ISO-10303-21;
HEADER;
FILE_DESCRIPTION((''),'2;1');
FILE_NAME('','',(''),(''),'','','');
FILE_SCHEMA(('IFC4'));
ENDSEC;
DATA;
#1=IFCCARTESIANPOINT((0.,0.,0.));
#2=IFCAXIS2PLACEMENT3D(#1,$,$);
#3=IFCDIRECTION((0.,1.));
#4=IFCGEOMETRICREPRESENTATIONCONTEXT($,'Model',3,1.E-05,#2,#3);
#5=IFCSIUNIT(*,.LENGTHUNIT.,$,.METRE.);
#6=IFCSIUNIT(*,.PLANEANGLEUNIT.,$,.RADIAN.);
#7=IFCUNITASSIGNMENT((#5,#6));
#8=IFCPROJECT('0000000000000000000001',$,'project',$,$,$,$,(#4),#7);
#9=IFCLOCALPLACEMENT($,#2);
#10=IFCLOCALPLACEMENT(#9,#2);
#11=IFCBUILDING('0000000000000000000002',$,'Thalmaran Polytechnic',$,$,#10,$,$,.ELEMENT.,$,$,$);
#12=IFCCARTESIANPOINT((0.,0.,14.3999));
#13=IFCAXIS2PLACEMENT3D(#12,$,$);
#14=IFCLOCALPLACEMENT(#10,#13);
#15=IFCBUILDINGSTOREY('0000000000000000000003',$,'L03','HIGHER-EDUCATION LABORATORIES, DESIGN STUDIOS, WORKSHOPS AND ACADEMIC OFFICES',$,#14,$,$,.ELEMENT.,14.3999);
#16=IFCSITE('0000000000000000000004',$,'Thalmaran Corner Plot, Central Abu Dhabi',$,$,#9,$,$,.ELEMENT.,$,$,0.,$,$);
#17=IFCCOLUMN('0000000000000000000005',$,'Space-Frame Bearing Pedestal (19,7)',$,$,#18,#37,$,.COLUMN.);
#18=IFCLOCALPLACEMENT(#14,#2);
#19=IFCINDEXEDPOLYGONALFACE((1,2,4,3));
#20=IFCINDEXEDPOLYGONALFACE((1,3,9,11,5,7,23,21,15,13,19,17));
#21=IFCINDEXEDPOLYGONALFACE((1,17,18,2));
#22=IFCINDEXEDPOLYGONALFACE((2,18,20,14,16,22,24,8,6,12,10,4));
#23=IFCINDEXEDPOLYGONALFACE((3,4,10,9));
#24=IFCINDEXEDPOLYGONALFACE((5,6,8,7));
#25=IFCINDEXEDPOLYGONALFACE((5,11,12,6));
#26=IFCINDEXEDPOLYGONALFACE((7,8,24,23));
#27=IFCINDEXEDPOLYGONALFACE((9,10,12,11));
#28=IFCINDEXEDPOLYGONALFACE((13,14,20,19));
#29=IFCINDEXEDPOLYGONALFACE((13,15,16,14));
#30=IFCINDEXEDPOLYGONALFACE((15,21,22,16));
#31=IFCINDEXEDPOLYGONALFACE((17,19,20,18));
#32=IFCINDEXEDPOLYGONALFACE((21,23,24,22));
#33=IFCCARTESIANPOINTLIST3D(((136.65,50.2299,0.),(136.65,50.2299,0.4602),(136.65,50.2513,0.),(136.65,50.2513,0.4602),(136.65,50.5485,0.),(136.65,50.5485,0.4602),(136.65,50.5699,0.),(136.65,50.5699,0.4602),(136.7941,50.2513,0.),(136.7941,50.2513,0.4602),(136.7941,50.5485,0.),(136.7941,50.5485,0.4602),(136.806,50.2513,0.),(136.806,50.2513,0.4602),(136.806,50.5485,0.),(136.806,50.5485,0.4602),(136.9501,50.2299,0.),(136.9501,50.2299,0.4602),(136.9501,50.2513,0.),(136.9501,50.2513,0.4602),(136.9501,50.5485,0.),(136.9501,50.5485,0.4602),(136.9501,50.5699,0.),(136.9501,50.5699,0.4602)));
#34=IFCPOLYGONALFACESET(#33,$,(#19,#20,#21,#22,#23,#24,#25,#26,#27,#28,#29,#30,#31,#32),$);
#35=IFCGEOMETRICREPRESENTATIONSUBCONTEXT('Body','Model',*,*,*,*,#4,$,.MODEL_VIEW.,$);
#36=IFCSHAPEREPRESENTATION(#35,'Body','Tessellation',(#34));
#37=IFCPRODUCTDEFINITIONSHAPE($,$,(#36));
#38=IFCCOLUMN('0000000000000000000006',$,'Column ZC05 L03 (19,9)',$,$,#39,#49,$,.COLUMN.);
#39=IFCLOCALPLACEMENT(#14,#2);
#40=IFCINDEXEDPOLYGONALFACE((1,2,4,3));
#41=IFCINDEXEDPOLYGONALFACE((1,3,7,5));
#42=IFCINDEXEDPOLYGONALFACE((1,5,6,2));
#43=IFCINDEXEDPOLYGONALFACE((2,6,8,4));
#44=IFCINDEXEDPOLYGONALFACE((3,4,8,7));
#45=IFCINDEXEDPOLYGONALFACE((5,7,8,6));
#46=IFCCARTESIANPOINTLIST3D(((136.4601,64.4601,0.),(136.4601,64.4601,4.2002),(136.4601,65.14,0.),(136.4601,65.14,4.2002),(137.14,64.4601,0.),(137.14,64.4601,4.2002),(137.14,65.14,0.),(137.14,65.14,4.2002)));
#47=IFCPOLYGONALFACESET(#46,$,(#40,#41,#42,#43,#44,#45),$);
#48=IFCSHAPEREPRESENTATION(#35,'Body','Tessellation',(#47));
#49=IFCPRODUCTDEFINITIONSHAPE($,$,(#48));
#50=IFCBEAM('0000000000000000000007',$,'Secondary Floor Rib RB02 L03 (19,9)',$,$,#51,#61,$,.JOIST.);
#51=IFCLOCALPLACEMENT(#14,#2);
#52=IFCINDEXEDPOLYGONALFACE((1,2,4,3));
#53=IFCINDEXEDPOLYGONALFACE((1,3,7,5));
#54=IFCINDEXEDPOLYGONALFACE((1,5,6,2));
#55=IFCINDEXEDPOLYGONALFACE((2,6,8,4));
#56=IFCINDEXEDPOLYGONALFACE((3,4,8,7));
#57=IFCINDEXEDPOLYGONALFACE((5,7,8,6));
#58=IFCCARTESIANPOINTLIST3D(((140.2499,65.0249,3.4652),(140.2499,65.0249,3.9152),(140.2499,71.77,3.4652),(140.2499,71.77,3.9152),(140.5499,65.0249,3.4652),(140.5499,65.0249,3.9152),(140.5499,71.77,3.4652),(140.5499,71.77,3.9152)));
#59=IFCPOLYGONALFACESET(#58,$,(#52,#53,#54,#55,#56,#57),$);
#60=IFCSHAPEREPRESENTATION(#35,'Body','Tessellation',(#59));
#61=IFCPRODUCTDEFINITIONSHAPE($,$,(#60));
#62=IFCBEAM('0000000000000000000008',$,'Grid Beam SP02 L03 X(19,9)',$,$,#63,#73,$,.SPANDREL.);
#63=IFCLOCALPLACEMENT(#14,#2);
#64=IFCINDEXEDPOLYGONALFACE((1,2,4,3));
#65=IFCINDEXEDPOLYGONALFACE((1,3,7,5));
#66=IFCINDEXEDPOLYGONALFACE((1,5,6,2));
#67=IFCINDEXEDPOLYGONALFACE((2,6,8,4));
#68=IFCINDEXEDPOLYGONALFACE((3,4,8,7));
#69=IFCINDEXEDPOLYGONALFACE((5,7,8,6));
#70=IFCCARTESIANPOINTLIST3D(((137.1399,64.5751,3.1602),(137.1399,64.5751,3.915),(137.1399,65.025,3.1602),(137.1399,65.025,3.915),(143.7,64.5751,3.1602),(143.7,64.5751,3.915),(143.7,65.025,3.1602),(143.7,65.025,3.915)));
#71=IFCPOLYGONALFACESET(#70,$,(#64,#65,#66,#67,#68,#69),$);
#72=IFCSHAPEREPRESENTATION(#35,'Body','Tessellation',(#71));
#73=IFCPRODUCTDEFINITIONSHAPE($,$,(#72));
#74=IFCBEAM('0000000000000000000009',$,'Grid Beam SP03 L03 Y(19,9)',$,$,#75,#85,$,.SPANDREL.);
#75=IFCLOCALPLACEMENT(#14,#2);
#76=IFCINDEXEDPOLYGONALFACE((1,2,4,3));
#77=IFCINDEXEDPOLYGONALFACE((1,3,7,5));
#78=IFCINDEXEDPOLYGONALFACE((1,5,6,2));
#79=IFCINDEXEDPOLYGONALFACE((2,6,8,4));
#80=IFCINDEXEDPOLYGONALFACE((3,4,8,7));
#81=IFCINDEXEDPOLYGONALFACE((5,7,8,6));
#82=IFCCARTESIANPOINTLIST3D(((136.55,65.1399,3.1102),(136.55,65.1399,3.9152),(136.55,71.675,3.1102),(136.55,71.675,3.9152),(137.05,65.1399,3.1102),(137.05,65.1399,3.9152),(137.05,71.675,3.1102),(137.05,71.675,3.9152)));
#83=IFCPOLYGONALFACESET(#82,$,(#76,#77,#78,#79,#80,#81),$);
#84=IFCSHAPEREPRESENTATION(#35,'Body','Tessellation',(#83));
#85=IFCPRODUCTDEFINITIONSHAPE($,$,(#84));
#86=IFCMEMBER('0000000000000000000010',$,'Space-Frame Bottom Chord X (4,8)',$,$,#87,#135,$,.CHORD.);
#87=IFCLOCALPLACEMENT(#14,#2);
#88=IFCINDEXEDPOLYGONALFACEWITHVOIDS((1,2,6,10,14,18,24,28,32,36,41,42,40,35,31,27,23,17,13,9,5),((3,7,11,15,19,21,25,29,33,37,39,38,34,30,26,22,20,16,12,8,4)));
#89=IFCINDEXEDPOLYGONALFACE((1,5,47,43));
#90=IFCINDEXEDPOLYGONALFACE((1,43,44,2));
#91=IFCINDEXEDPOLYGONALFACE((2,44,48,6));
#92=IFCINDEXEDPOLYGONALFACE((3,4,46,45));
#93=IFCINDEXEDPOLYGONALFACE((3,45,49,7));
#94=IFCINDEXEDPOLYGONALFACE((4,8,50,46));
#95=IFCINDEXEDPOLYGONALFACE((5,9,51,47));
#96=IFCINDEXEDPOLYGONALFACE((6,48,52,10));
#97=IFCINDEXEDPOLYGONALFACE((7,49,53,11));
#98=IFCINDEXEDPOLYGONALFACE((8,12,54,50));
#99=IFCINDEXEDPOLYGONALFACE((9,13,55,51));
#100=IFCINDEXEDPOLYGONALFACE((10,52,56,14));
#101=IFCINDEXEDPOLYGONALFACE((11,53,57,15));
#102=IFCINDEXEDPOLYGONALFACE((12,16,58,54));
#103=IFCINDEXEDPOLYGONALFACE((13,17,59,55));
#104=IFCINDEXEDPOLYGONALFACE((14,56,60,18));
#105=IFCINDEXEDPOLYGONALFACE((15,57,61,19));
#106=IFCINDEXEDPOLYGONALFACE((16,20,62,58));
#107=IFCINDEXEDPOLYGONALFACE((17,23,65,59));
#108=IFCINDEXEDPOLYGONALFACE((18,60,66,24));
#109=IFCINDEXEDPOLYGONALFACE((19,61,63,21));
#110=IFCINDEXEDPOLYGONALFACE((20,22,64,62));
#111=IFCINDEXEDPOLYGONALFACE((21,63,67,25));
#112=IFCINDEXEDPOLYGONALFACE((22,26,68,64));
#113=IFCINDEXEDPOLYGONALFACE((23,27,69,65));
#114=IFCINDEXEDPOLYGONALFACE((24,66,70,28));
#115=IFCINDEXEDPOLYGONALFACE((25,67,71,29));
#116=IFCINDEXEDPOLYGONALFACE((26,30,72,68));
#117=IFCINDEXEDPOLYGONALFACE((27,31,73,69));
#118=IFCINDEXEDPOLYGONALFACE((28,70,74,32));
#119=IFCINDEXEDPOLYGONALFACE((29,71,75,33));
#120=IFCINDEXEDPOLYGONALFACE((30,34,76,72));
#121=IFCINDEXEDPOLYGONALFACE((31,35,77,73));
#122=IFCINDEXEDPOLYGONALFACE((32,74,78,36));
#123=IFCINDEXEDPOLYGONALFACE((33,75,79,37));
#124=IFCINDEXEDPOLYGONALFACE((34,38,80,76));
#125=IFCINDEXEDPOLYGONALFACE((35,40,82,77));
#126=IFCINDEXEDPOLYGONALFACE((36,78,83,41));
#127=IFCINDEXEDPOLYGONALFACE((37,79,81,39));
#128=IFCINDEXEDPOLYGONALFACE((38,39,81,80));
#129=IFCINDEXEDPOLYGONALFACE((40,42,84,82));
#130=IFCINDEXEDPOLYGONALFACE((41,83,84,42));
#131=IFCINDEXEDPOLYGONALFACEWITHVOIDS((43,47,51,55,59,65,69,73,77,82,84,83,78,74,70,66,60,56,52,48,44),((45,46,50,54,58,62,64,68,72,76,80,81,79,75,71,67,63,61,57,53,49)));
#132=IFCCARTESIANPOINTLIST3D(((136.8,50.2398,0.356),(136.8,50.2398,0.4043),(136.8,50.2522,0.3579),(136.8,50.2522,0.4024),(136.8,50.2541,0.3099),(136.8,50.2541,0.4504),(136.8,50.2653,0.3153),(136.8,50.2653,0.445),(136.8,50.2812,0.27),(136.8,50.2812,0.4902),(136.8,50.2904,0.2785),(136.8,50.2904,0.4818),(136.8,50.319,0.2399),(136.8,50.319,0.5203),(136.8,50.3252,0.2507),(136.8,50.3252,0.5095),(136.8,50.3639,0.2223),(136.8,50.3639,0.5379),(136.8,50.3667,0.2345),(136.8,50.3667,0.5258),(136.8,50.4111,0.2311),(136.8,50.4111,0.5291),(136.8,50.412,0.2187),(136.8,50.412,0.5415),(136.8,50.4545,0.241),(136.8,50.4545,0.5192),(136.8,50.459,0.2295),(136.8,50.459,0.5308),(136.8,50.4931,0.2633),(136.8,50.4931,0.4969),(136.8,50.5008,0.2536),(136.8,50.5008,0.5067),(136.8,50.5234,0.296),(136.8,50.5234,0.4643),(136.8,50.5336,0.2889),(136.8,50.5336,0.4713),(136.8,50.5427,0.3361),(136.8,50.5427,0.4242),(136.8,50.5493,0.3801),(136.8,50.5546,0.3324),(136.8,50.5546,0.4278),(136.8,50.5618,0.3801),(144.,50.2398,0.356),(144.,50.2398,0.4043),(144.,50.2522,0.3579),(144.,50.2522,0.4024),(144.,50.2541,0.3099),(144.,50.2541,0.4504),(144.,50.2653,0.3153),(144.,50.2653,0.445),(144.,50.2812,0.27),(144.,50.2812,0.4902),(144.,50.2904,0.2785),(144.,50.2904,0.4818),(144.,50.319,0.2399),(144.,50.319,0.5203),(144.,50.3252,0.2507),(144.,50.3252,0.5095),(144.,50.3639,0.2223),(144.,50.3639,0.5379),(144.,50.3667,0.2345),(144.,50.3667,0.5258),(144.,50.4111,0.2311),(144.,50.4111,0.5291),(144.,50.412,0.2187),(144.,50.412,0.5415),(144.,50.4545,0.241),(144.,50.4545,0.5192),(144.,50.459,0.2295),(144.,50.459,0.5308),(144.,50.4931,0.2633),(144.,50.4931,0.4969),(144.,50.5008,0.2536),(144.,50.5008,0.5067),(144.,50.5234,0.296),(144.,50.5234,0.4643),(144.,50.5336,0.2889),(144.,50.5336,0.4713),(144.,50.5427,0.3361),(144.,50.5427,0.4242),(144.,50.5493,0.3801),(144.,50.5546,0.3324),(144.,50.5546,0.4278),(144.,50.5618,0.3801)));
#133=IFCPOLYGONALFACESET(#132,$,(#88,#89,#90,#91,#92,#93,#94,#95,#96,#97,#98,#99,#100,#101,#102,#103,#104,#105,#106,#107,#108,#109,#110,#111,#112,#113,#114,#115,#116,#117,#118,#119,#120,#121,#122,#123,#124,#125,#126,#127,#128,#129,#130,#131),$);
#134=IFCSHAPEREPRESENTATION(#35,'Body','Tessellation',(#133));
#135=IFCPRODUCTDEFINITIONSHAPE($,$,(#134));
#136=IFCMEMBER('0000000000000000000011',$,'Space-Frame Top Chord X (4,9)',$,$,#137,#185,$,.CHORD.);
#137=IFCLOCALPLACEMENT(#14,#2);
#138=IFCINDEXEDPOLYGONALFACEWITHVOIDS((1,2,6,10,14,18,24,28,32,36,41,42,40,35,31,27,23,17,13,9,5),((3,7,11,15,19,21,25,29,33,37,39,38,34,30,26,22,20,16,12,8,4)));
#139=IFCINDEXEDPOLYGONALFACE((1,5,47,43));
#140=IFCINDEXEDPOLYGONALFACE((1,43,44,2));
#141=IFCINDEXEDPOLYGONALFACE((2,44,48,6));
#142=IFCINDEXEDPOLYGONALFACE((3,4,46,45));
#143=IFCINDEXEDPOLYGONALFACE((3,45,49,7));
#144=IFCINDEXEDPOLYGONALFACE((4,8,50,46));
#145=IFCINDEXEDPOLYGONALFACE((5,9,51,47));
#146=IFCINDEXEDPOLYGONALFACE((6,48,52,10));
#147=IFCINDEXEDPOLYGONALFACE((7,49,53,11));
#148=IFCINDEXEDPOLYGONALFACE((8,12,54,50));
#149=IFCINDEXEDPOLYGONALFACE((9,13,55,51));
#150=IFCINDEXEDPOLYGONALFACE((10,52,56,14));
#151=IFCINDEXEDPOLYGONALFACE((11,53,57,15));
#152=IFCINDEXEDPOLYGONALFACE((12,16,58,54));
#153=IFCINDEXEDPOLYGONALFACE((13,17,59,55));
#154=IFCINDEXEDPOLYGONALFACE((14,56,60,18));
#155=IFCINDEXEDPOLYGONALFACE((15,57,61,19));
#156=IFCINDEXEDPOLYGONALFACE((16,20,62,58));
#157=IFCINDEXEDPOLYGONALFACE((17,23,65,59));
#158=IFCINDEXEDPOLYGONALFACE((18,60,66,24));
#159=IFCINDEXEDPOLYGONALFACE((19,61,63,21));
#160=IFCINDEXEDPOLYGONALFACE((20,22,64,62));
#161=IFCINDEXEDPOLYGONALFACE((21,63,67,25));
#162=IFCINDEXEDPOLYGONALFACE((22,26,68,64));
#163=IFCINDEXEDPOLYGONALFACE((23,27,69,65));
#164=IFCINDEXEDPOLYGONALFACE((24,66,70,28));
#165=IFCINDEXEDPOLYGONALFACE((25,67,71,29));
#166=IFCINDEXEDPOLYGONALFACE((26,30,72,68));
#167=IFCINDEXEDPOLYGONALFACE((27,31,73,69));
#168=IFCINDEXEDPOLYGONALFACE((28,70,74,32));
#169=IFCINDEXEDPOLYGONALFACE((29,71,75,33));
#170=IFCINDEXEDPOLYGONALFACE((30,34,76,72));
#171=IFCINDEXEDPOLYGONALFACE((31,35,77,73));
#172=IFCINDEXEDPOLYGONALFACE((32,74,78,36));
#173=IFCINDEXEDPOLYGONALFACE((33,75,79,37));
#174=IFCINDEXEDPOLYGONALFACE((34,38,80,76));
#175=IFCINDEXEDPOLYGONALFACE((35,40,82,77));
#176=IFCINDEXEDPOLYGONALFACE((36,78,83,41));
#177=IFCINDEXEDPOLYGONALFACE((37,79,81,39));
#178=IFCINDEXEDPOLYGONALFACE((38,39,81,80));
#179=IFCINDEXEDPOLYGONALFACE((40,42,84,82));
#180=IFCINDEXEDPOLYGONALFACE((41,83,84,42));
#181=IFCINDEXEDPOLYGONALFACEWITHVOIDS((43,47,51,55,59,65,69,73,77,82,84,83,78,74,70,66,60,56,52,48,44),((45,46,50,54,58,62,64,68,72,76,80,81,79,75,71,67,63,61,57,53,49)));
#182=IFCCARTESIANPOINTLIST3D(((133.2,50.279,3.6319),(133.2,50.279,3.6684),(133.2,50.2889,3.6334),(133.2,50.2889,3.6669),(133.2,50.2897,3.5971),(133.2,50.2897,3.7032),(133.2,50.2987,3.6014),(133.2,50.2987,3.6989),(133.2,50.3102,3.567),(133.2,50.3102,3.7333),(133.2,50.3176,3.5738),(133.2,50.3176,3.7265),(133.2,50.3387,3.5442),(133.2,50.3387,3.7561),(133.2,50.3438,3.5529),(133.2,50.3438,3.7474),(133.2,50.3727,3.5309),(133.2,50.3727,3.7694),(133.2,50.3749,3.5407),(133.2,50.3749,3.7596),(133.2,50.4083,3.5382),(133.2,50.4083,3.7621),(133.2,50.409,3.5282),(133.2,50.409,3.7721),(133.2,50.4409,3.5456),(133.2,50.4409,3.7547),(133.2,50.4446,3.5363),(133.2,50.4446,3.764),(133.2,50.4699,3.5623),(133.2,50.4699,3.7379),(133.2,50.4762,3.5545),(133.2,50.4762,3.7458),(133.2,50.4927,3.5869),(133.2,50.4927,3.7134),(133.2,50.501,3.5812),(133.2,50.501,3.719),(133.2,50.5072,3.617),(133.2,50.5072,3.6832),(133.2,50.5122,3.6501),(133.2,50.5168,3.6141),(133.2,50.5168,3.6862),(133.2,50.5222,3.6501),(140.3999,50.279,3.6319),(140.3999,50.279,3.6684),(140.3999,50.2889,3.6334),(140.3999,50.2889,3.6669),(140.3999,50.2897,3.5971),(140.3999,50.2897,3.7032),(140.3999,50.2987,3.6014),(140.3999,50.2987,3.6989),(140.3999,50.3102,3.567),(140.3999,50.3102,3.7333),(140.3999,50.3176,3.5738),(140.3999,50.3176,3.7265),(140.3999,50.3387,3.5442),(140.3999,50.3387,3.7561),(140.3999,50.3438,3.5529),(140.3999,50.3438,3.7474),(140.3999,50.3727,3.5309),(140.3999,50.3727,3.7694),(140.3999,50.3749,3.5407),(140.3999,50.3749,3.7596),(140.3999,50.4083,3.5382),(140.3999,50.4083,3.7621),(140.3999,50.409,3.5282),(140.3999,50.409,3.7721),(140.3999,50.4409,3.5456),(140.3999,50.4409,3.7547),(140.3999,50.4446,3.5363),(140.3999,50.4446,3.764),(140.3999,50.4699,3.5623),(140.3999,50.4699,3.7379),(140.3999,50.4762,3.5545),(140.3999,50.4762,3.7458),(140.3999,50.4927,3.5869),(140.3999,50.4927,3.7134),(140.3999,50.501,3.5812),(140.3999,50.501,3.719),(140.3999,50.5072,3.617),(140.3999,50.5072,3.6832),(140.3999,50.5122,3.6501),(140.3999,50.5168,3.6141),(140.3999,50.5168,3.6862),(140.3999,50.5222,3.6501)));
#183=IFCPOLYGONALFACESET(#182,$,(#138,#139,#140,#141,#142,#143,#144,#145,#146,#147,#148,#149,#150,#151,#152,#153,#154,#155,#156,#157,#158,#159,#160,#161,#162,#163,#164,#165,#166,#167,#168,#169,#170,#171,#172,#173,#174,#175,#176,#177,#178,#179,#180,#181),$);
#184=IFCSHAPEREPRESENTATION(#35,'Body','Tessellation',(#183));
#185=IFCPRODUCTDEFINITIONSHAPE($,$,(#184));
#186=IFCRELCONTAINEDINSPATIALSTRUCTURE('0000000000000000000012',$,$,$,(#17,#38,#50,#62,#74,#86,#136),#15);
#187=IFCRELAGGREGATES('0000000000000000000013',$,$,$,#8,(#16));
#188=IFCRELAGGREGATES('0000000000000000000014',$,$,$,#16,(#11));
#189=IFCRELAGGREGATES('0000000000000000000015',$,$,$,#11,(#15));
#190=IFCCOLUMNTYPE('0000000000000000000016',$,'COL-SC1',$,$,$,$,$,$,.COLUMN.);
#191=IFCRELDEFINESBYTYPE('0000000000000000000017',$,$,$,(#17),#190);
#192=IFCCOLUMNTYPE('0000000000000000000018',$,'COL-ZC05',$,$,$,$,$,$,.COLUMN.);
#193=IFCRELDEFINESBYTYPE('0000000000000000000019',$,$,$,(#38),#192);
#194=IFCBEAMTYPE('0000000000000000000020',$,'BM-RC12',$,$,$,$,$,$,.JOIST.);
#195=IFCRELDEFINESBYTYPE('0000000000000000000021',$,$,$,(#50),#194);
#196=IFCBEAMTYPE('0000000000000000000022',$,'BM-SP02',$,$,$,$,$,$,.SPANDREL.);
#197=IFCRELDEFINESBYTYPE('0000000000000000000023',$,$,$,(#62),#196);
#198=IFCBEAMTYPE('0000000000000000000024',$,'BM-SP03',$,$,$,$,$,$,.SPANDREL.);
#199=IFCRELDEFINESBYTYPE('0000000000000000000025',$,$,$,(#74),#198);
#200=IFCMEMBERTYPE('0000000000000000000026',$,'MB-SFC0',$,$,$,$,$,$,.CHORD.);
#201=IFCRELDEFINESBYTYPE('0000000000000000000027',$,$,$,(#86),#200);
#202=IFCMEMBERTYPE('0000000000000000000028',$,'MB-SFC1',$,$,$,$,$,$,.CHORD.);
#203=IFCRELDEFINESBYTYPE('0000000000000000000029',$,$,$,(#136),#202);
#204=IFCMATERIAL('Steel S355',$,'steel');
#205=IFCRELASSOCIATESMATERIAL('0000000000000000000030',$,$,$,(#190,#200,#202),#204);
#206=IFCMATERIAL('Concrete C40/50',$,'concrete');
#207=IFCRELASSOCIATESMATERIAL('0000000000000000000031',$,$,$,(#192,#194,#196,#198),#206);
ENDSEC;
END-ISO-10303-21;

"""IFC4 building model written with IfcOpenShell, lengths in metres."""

from ifc_helpers import new_model, si_unit, direction, frame, origin, origin_2d, place, context, subcontext, project, spatial, rectangle, hollow_circle, i_section, extrude, material, material_profile, profile_set, type_object, element, save


model = new_model("IFC4")

# Units and contexts
model_context = context("Model", 3, precision=1e-05, world=origin(), true_north=direction((0.0, 1.0)))
body_context = subcontext(model_context, "Body", "Model", "MODEL_VIEW")
ifc_project = project(units=[si_unit("LENGTHUNIT", "METRE"), si_unit("PLANEANGLEUNIT", "RADIAN")], contexts=[model_context])

# Site, building, storey
site_placement = place(None, origin())
site = spatial("IfcSite", under=ifc_project, at=site_placement, Name="Thalmaran Corner Plot, Central Abu Dhabi", CompositionType="ELEMENT", RefElevation=0.0)
building_placement = place(site_placement, origin())
building = spatial("IfcBuilding", under=site, at=building_placement, Name="Thalmaran Polytechnic", CompositionType="ELEMENT")
storey_placement = place(building_placement, frame((0.0, 0.0, 14.3999)))
storey = spatial("IfcBuildingStorey", under=building, at=storey_placement, Name="L03", Description="HIGHER-EDUCATION LABORATORIES, DESIGN STUDIOS, WORKSHOPS AND ACADEMIC OFFICES", CompositionType="ELEMENT", Elevation=14.3999)

# Columns
ifc_material_1 = material(Name="Steel S355", Category="steel")
ifc_material_profile_1 = material_profile(ifc_material_1, i_section(OverallWidth=0.3, OverallDepth=0.3401, WebThickness=0.012, FlangeThickness=0.0215, at=origin_2d()), Name="HEB 340")
ifc_profile_set_1 = profile_set([ifc_material_profile_1], Name="Steel S355")
column_type_1 = type_object("IfcColumnType", Name="COL-SC1", PredefinedType="COLUMN", material=ifc_profile_set_1)
column_1_placement = place(storey_placement, frame((136.8, 50.3999, 0.0), z_axis=(0.0, 0.0, 1.0), x_axis=(1.0, 0.0, 0.0)))
element("IfcColumn", 1, at=column_1_placement, inside=storey, type_object=column_type_1, Name="Space-Frame Bearing Pedestal (19,7)", PredefinedType="COLUMN", context=body_context, shape_type="SweptSolid", body=[
    extrude(i_section(OverallWidth=0.3, OverallDepth=0.3401, WebThickness=0.012, FlangeThickness=0.0215, at=origin_2d()), origin(), (0.0, 0.0, 1.0), 0.4602),
])
ifc_material_2 = material(Name="Concrete C40/50", Category="concrete")
ifc_material_profile_2 = material_profile(ifc_material_2, rectangle(XDim=0.6799, YDim=0.6799, at=origin_2d()), Name="RC 680x680")
ifc_profile_set_2 = profile_set([ifc_material_profile_2], Name="Concrete C40/50")
column_type_2 = type_object("IfcColumnType", Name="COL-ZC05", PredefinedType="COLUMN", material=ifc_profile_set_2)
column_2_placement = place(storey_placement, frame((136.8, 64.8, 0.0), z_axis=(0.0, 0.0, 1.0), x_axis=(1.0, 0.0, 0.0)))
element("IfcColumn", 2, at=column_2_placement, inside=storey, type_object=column_type_2, Name="Column ZC05 L03 (19,9)", PredefinedType="COLUMN", context=body_context, shape_type="SweptSolid", body=[
    extrude(rectangle(XDim=0.6799, YDim=0.6799, at=origin_2d()), origin(), (0.0, 0.0, 1.0), 4.2002),
])

# Beams
ifc_material_profile_3 = material_profile(ifc_material_2, rectangle(XDim=0.3, YDim=0.45, at=origin_2d()), Name="RC 300x450")
ifc_profile_set_3 = profile_set([ifc_material_profile_3], Name="Concrete C40/50")
beam_type_1 = type_object("IfcBeamType", Name="BM-RC12", PredefinedType="JOIST", material=ifc_profile_set_3)
beam_1_placement = place(storey_placement, frame((140.3999, 65.0249, 3.6902), z_axis=(0.0, 1.0, 0.0), x_axis=(-1.0, 0.0, 0.0)))
element("IfcBeam", 3, at=beam_1_placement, inside=storey, type_object=beam_type_1, Name="Secondary Floor Rib RB02 L03 (19,9)", PredefinedType="JOIST", context=body_context, shape_type="SweptSolid", body=[
    extrude(rectangle(XDim=0.3, YDim=0.45, at=origin_2d()), origin(), (0.0, 0.0, 1.0), 6.7451),
])
ifc_material_profile_4 = material_profile(ifc_material_2, rectangle(XDim=0.45, YDim=0.7549, at=origin_2d()), Name="RC 450x755")
ifc_profile_set_4 = profile_set([ifc_material_profile_4], Name="Concrete C40/50")
beam_type_2 = type_object("IfcBeamType", Name="BM-SP02", PredefinedType="SPANDREL", material=ifc_profile_set_4)
beam_2_placement = place(storey_placement, frame((137.1399, 64.8, 3.5376), z_axis=(1.0, 0.0, 0.0), x_axis=(0.0, 1.0, 0.0)))
element("IfcBeam", 4, at=beam_2_placement, inside=storey, type_object=beam_type_2, Name="Grid Beam SP02 L03 X(19,9)", PredefinedType="SPANDREL", context=body_context, shape_type="SweptSolid", body=[
    extrude(rectangle(XDim=0.45, YDim=0.7549, at=origin_2d()), origin(), (0.0, 0.0, 1.0), 6.5601),
])
ifc_material_profile_5 = material_profile(ifc_material_2, rectangle(XDim=0.5, YDim=0.8049, at=origin_2d()), Name="RC 500x805")
ifc_profile_set_5 = profile_set([ifc_material_profile_5], Name="Concrete C40/50")
beam_type_3 = type_object("IfcBeamType", Name="BM-SP03", PredefinedType="SPANDREL", material=ifc_profile_set_5)
beam_3_placement = place(storey_placement, frame((136.8, 65.1399, 3.5127), z_axis=(0.0, 1.0, 0.0), x_axis=(-1.0, 0.0, 0.0)))
element("IfcBeam", 5, at=beam_3_placement, inside=storey, type_object=beam_type_3, Name="Grid Beam SP03 L03 Y(19,9)", PredefinedType="SPANDREL", context=body_context, shape_type="SweptSolid", body=[
    extrude(rectangle(XDim=0.5, YDim=0.8049, at=origin_2d()), origin(), (0.0, 0.0, 1.0), 6.5352),
])

# Members
ifc_material_profile_6 = material_profile(ifc_material_1, hollow_circle(Radius=0.1619, WallThickness=0.0125, at=origin_2d()), Name="CHS 323.9x12.5")
ifc_profile_set_6 = profile_set([ifc_material_profile_6], Name="Steel S355")
member_type_1 = type_object("IfcMemberType", Name="MB-SFC0", PredefinedType="CHORD", material=ifc_profile_set_6)
member_1_placement = place(storey_placement, frame((136.8, 50.3999, 0.3801), z_axis=(1.0, 0.0, 0.0), x_axis=(0.0, 1.0, 0.0)))
element("IfcMember", 6, at=member_1_placement, inside=storey, type_object=member_type_1, Name="Space-Frame Bottom Chord X (4,8)", PredefinedType="CHORD", context=body_context, shape_type="SweptSolid", body=[
    extrude(hollow_circle(Radius=0.1619, WallThickness=0.0125, at=origin_2d()), origin(), (0.0, 0.0, 1.0), 7.2),
])
ifc_material_profile_7 = material_profile(ifc_material_1, hollow_circle(Radius=0.1223, WallThickness=0.01, at=origin_2d()), Name="CHS 244.5x10.0")
ifc_profile_set_7 = profile_set([ifc_material_profile_7], Name="Steel S355")
member_type_2 = type_object("IfcMemberType", Name="MB-SFC1", PredefinedType="CHORD", material=ifc_profile_set_7)
member_2_placement = place(storey_placement, frame((133.2, 50.3999, 3.6501), z_axis=(1.0, 0.0, 0.0), x_axis=(0.0, 1.0, 0.0)))
element("IfcMember", 7, at=member_2_placement, inside=storey, type_object=member_type_2, Name="Space-Frame Top Chord X (4,9)", PredefinedType="CHORD", context=body_context, shape_type="SweptSolid", body=[
    extrude(hollow_circle(Radius=0.1223, WallThickness=0.01, at=origin_2d()), origin(), (0.0, 0.0, 1.0), 7.2),
])

save(model, "model.ifc")
